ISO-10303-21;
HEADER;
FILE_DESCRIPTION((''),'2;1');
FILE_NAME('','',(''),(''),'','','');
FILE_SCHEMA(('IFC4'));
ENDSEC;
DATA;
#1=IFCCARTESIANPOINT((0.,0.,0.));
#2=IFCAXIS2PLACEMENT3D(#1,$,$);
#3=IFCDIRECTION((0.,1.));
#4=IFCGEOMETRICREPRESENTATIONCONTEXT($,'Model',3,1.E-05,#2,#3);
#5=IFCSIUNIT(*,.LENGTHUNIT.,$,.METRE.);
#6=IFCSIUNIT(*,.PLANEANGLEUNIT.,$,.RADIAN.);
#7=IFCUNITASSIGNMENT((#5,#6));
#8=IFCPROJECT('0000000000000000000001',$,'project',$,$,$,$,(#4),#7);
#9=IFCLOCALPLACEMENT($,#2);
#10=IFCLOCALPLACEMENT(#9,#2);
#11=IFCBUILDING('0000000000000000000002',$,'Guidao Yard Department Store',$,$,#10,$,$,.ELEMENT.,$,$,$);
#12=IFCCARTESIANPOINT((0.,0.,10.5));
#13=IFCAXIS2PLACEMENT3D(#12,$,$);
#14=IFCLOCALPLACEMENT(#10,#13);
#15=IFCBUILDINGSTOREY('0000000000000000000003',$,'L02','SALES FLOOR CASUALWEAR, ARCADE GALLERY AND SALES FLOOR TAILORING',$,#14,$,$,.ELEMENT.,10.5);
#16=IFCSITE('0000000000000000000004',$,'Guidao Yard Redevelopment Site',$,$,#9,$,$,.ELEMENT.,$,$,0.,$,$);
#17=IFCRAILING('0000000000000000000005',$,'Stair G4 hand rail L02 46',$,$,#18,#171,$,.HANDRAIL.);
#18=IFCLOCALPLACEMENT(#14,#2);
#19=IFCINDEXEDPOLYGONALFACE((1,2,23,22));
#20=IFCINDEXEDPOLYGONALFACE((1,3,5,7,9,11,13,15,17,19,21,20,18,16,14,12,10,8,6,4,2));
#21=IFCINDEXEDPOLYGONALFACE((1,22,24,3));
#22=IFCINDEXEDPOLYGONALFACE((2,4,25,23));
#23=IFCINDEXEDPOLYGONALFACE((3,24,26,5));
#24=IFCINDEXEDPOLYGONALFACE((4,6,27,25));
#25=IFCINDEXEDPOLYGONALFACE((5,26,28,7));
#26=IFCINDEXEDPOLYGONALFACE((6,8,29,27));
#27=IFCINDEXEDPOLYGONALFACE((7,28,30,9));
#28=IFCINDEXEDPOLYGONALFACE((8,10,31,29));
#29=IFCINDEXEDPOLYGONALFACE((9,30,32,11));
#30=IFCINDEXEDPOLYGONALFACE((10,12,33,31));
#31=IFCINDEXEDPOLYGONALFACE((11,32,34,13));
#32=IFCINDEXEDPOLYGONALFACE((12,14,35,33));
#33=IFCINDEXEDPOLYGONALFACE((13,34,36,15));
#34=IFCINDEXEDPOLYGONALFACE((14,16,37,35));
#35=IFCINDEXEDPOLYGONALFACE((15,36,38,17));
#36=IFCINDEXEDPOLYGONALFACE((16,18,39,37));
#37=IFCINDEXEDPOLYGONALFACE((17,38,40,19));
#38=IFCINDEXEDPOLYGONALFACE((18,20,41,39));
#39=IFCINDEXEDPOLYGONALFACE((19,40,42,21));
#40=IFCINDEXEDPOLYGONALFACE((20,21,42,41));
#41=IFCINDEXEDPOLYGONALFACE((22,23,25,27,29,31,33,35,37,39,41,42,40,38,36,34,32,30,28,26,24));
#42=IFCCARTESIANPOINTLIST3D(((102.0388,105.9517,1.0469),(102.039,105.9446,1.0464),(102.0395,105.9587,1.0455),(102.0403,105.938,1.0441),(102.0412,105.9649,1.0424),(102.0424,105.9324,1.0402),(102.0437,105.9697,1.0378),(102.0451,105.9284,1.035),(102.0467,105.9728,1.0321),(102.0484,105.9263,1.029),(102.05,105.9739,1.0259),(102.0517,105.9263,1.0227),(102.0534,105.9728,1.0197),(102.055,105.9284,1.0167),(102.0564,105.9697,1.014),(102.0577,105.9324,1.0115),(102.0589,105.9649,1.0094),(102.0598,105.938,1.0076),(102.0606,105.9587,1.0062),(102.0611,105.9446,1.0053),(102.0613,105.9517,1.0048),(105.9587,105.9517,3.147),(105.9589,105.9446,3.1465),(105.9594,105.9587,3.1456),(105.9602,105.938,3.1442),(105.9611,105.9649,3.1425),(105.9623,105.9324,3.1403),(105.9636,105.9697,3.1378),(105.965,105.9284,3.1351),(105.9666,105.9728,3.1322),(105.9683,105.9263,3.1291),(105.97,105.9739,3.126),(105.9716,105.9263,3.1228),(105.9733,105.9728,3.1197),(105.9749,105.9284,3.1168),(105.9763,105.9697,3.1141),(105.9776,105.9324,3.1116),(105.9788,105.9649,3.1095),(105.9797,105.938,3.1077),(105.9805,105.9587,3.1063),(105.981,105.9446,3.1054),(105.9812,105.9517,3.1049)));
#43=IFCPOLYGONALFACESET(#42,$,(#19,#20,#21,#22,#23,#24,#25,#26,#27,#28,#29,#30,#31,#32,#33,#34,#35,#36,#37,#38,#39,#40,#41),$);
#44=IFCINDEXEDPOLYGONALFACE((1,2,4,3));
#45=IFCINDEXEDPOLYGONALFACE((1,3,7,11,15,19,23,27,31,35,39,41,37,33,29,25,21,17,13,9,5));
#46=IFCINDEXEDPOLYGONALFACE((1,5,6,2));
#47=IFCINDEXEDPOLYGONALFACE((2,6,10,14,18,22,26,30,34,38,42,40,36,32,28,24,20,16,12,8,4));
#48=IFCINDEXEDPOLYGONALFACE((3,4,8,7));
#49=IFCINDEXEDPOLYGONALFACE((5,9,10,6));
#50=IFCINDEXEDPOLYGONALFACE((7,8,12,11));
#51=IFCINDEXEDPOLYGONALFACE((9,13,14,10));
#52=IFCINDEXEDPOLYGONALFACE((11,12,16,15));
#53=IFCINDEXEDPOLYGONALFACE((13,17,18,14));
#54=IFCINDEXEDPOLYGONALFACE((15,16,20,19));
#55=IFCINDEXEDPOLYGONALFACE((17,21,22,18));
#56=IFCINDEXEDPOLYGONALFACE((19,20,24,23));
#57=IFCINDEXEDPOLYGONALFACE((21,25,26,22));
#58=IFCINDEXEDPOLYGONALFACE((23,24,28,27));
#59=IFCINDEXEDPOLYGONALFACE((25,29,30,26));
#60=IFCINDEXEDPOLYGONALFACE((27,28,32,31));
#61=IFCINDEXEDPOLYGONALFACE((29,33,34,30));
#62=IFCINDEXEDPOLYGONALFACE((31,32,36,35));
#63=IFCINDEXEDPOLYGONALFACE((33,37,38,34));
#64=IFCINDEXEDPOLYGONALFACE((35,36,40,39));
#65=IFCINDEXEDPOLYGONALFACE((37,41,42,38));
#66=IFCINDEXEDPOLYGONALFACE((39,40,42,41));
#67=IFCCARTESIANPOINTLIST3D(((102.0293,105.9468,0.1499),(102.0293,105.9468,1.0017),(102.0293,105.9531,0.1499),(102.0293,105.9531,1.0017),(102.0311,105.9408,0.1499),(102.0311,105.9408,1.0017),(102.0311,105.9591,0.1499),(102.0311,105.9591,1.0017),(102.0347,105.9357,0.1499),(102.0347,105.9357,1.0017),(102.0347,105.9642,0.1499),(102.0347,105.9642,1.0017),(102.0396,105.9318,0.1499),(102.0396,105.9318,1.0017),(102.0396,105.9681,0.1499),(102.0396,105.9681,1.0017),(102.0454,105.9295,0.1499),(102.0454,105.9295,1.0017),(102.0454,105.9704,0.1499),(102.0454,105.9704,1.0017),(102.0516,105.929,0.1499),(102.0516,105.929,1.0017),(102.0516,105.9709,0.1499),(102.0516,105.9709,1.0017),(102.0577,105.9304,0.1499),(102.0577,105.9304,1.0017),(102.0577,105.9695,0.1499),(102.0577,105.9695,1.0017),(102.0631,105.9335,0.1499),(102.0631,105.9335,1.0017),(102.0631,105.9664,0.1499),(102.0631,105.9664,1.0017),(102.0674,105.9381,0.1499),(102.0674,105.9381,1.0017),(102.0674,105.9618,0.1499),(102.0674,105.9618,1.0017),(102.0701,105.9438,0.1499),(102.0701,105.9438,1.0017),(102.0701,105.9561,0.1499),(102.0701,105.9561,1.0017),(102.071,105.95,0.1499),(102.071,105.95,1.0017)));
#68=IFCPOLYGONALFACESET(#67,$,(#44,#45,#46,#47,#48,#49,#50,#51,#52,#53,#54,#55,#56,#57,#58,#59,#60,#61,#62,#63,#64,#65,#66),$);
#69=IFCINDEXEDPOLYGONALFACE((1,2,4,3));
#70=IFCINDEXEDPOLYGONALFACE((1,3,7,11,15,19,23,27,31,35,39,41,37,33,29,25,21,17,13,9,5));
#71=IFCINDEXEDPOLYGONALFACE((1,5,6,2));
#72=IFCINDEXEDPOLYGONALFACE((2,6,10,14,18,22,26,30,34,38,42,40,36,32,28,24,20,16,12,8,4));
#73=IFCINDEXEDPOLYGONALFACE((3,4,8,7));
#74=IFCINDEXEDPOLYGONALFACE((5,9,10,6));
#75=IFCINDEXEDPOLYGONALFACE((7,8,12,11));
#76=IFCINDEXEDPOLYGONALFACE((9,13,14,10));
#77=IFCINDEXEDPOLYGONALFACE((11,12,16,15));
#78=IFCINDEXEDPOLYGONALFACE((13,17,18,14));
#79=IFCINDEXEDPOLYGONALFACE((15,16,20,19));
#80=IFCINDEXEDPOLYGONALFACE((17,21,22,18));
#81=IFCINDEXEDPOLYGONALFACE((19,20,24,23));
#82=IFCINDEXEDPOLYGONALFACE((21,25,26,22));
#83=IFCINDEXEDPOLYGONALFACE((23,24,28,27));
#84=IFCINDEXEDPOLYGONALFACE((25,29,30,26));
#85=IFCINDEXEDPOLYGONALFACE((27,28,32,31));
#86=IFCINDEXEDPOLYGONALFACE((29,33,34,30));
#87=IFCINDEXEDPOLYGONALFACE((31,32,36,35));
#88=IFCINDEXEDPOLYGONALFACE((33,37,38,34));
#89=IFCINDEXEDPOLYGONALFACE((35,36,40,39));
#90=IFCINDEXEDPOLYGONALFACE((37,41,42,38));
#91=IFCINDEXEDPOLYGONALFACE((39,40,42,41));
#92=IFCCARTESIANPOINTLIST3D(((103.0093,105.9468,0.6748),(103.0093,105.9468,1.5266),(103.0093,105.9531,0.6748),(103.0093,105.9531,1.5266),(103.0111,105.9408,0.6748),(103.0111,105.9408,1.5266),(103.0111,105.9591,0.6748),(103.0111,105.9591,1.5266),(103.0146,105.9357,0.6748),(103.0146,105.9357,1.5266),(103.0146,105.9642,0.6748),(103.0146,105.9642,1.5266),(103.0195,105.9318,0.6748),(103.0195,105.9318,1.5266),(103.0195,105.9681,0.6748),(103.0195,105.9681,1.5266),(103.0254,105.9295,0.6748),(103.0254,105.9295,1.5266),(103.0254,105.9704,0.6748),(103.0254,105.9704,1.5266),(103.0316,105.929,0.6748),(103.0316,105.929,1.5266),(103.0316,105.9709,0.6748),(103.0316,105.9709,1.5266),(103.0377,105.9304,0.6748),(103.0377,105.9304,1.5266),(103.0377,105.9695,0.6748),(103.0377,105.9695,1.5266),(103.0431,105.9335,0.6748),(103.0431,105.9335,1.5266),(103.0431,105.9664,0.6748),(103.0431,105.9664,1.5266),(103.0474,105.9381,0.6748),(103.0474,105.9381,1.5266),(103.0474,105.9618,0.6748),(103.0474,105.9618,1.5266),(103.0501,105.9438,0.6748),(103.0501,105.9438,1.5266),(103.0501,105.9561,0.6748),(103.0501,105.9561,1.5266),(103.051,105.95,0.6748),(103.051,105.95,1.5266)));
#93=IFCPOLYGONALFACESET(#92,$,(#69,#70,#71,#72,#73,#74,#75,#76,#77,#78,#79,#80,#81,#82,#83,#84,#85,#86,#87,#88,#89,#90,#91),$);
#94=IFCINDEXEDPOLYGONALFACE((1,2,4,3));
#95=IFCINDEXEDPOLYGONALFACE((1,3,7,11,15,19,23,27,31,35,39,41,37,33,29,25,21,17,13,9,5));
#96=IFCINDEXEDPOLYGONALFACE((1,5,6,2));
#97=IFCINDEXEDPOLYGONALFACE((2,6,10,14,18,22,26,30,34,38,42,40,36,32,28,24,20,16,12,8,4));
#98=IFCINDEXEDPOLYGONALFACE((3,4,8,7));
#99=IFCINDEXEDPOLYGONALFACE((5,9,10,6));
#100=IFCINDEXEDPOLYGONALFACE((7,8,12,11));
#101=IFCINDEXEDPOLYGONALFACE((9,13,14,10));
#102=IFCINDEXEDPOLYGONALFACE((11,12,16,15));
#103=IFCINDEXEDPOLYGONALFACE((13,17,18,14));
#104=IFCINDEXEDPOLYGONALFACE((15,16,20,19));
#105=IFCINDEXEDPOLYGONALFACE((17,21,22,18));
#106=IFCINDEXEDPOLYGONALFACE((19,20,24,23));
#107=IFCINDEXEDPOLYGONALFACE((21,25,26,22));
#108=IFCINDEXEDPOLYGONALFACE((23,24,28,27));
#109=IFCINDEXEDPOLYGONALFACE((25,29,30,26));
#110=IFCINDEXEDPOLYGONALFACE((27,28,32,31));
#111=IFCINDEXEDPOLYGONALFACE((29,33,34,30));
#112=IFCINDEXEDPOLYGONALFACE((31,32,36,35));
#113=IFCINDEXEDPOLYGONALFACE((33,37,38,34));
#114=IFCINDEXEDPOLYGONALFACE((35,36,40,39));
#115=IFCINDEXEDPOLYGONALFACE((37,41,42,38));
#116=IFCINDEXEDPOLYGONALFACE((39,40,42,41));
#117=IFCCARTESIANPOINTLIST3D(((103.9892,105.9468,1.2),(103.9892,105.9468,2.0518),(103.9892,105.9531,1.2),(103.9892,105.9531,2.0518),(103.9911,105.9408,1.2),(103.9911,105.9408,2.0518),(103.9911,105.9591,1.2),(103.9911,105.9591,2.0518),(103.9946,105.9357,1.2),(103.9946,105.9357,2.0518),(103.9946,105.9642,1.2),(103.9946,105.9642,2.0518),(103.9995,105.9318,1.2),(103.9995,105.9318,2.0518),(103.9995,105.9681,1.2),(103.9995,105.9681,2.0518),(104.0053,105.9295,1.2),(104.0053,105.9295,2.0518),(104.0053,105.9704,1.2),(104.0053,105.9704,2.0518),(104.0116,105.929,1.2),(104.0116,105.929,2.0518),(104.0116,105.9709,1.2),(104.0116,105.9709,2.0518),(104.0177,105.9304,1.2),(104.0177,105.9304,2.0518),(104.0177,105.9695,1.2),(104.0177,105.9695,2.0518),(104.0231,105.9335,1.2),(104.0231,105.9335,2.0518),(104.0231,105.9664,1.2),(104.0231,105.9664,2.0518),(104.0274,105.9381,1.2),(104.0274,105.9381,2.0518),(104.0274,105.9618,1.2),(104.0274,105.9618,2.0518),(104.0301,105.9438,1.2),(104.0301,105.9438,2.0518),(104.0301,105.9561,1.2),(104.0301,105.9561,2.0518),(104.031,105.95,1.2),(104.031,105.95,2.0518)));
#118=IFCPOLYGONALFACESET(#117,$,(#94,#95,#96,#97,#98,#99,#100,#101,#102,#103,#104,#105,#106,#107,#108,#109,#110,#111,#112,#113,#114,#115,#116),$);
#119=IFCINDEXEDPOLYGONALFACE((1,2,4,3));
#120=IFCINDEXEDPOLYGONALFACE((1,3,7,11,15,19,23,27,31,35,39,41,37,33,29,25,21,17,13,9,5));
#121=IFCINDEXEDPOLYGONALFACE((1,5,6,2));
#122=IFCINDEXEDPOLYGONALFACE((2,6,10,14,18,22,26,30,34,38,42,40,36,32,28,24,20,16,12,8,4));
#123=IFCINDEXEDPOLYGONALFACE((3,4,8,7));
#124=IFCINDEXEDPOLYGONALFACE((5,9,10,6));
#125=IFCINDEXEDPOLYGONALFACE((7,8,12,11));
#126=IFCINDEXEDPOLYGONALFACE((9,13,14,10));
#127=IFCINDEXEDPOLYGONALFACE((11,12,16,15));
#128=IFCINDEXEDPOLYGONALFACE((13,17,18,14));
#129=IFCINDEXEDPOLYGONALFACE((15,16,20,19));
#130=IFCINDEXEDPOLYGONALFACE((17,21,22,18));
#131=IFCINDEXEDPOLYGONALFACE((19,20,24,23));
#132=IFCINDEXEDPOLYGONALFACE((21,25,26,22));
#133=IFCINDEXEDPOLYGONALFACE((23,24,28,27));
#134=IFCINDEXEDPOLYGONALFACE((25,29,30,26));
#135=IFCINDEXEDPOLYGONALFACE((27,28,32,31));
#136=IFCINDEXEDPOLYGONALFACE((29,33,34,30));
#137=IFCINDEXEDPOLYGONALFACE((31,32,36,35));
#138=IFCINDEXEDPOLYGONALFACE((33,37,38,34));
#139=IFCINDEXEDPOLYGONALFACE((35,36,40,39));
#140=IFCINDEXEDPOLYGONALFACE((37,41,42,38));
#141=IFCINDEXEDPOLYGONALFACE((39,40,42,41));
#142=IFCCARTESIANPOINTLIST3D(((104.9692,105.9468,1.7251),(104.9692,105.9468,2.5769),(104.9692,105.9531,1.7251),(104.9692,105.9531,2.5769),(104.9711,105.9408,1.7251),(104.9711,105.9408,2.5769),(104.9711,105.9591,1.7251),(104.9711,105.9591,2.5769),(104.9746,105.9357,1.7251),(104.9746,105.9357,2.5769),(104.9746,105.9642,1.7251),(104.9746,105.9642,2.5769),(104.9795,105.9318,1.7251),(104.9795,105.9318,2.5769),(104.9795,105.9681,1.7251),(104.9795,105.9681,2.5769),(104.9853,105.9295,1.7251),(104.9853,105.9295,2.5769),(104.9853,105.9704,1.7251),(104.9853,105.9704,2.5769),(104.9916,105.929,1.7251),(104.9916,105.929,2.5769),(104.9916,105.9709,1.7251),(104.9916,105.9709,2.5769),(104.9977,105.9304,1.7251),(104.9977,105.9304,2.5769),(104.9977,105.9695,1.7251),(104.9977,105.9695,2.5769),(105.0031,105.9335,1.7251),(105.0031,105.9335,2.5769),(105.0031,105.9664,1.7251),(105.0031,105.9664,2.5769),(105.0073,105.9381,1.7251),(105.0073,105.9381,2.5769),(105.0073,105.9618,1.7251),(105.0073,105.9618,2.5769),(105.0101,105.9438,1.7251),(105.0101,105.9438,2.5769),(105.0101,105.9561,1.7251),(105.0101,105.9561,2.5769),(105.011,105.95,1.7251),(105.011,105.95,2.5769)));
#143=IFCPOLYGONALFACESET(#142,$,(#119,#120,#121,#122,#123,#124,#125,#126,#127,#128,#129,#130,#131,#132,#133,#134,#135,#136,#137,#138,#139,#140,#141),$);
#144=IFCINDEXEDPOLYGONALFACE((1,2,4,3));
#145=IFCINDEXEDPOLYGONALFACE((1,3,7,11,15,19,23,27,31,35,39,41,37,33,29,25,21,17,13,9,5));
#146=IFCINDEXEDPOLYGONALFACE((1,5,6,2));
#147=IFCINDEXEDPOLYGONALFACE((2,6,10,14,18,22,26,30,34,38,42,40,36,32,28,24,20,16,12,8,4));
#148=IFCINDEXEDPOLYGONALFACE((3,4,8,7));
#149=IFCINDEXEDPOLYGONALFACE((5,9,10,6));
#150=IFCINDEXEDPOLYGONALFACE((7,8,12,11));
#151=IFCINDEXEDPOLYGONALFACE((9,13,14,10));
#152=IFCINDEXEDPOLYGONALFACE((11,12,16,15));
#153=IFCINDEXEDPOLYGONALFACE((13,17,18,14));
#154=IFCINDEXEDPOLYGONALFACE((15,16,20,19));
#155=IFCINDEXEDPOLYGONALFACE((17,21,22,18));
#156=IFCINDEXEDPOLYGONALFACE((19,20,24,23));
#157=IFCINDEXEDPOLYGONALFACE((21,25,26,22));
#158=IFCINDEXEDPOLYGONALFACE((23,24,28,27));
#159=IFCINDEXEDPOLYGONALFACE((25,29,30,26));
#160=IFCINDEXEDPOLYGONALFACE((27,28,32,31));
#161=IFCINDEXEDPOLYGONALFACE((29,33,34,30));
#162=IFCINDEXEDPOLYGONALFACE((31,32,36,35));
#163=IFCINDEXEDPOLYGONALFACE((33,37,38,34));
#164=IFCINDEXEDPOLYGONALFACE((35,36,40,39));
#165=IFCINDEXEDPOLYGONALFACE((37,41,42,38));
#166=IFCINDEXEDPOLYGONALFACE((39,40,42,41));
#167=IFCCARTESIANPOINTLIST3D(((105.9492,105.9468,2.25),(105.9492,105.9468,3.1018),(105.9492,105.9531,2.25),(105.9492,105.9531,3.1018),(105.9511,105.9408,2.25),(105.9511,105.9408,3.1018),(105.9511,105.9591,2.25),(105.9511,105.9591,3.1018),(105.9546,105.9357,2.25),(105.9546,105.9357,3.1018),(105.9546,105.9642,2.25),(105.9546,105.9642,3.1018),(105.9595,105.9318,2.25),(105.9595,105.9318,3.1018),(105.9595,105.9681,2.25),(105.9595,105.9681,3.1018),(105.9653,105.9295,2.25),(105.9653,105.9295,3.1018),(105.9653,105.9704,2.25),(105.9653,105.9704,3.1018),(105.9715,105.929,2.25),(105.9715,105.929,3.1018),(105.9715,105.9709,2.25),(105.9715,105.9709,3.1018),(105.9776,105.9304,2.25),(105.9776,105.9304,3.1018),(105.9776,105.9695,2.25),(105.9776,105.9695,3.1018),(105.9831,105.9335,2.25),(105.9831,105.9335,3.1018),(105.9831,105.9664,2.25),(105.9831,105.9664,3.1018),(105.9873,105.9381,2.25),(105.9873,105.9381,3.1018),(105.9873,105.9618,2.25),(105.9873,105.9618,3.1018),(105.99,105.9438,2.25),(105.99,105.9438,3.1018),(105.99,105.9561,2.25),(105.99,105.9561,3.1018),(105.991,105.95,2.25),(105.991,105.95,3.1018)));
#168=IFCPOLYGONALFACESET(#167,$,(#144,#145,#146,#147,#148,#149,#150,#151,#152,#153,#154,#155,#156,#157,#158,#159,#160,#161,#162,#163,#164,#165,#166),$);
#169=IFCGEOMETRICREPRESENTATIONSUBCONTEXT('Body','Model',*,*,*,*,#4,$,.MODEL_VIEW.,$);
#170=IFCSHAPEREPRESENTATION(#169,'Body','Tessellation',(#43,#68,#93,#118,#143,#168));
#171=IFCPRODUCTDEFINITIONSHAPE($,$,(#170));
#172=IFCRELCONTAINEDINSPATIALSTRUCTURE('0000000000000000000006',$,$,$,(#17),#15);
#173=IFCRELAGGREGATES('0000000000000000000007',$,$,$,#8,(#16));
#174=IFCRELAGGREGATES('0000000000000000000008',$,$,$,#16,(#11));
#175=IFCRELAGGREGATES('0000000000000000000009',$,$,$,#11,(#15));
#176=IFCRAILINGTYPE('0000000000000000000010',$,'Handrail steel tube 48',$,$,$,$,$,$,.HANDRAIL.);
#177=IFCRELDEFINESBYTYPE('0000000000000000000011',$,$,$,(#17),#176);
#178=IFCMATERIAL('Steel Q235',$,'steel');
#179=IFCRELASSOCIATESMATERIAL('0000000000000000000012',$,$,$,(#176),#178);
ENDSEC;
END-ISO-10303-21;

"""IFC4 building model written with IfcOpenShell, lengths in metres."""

from ifc_helpers import new_model, si_unit, direction, frame, origin, origin_2d, place, context, subcontext, project, spatial, circle, extrude, material, type_object, element, save


model = new_model("IFC4")

# Units and contexts
model_context = context("Model", 3, precision=1e-05, world=origin(), true_north=direction((0.0, 1.0)))
body_context = subcontext(model_context, "Body", "Model", "MODEL_VIEW")
ifc_project = project(units=[si_unit("LENGTHUNIT", "METRE"), si_unit("PLANEANGLEUNIT", "RADIAN")], contexts=[model_context])

# Site, building, storey
site_placement = place(None, origin())
site = spatial("IfcSite", under=ifc_project, at=site_placement, Name="Guidao Yard Redevelopment Site", CompositionType="ELEMENT", RefElevation=0.0)
building_placement = place(site_placement, origin())
building = spatial("IfcBuilding", under=site, at=building_placement, Name="Guidao Yard Department Store", CompositionType="ELEMENT")
storey_placement = place(building_placement, frame((0.0, 0.0, 10.5)))
storey = spatial("IfcBuildingStorey", under=building, at=storey_placement, Name="L02", Description="SALES FLOOR CASUALWEAR, ARCADE GALLERY AND SALES FLOOR TAILORING", CompositionType="ELEMENT", Elevation=10.5)

# Railing
ifc_material_1 = material(Name="Steel Q235", Category="steel")
railing_type = type_object("IfcRailingType", Name="Handrail steel tube 48", PredefinedType="HANDRAIL", material=ifc_material_1)
for number, where, name in (
    (1, (102.05, 105.95, 0.1499), "Stair G4 hand rail L02 46"),
):
    element("IfcRailing", number, at=place(storey_placement, frame(where)), inside=storey, type_object=railing_type, Name=name, PredefinedType="HANDRAIL", context=body_context, shape_type="SweptSolid", body=[
        extrude(circle(Radius=0.0239, at=origin_2d()), frame((0.0, 0.0, 0.876), z_axis=(0.881467, 0.0, 0.472246), x_axis=(0.0, 1.0, 0.0)), (0.0, 0.0, 1.0), 4.447),
        extrude(circle(Radius=0.021, at=origin_2d()), origin(), (0.0, 0.0, 1.0), 0.8518),
        extrude(circle(Radius=0.021, at=origin_2d()), frame((0.98, 0.0, 0.5249)), (0.0, 0.0, 1.0), 0.8518),
        extrude(circle(Radius=0.021, at=origin_2d()), frame((1.96, 0.0, 1.05)), (0.0, 0.0, 1.0), 0.8518),
        extrude(circle(Radius=0.021, at=origin_2d()), frame((2.9399, 0.0, 1.5752)), (0.0, 0.0, 1.0), 0.8518),
        extrude(circle(Radius=0.021, at=origin_2d()), frame((3.9199, 0.0, 2.1001)), (0.0, 0.0, 1.0), 0.8518),
    ])

save(model, "model.ifc")
